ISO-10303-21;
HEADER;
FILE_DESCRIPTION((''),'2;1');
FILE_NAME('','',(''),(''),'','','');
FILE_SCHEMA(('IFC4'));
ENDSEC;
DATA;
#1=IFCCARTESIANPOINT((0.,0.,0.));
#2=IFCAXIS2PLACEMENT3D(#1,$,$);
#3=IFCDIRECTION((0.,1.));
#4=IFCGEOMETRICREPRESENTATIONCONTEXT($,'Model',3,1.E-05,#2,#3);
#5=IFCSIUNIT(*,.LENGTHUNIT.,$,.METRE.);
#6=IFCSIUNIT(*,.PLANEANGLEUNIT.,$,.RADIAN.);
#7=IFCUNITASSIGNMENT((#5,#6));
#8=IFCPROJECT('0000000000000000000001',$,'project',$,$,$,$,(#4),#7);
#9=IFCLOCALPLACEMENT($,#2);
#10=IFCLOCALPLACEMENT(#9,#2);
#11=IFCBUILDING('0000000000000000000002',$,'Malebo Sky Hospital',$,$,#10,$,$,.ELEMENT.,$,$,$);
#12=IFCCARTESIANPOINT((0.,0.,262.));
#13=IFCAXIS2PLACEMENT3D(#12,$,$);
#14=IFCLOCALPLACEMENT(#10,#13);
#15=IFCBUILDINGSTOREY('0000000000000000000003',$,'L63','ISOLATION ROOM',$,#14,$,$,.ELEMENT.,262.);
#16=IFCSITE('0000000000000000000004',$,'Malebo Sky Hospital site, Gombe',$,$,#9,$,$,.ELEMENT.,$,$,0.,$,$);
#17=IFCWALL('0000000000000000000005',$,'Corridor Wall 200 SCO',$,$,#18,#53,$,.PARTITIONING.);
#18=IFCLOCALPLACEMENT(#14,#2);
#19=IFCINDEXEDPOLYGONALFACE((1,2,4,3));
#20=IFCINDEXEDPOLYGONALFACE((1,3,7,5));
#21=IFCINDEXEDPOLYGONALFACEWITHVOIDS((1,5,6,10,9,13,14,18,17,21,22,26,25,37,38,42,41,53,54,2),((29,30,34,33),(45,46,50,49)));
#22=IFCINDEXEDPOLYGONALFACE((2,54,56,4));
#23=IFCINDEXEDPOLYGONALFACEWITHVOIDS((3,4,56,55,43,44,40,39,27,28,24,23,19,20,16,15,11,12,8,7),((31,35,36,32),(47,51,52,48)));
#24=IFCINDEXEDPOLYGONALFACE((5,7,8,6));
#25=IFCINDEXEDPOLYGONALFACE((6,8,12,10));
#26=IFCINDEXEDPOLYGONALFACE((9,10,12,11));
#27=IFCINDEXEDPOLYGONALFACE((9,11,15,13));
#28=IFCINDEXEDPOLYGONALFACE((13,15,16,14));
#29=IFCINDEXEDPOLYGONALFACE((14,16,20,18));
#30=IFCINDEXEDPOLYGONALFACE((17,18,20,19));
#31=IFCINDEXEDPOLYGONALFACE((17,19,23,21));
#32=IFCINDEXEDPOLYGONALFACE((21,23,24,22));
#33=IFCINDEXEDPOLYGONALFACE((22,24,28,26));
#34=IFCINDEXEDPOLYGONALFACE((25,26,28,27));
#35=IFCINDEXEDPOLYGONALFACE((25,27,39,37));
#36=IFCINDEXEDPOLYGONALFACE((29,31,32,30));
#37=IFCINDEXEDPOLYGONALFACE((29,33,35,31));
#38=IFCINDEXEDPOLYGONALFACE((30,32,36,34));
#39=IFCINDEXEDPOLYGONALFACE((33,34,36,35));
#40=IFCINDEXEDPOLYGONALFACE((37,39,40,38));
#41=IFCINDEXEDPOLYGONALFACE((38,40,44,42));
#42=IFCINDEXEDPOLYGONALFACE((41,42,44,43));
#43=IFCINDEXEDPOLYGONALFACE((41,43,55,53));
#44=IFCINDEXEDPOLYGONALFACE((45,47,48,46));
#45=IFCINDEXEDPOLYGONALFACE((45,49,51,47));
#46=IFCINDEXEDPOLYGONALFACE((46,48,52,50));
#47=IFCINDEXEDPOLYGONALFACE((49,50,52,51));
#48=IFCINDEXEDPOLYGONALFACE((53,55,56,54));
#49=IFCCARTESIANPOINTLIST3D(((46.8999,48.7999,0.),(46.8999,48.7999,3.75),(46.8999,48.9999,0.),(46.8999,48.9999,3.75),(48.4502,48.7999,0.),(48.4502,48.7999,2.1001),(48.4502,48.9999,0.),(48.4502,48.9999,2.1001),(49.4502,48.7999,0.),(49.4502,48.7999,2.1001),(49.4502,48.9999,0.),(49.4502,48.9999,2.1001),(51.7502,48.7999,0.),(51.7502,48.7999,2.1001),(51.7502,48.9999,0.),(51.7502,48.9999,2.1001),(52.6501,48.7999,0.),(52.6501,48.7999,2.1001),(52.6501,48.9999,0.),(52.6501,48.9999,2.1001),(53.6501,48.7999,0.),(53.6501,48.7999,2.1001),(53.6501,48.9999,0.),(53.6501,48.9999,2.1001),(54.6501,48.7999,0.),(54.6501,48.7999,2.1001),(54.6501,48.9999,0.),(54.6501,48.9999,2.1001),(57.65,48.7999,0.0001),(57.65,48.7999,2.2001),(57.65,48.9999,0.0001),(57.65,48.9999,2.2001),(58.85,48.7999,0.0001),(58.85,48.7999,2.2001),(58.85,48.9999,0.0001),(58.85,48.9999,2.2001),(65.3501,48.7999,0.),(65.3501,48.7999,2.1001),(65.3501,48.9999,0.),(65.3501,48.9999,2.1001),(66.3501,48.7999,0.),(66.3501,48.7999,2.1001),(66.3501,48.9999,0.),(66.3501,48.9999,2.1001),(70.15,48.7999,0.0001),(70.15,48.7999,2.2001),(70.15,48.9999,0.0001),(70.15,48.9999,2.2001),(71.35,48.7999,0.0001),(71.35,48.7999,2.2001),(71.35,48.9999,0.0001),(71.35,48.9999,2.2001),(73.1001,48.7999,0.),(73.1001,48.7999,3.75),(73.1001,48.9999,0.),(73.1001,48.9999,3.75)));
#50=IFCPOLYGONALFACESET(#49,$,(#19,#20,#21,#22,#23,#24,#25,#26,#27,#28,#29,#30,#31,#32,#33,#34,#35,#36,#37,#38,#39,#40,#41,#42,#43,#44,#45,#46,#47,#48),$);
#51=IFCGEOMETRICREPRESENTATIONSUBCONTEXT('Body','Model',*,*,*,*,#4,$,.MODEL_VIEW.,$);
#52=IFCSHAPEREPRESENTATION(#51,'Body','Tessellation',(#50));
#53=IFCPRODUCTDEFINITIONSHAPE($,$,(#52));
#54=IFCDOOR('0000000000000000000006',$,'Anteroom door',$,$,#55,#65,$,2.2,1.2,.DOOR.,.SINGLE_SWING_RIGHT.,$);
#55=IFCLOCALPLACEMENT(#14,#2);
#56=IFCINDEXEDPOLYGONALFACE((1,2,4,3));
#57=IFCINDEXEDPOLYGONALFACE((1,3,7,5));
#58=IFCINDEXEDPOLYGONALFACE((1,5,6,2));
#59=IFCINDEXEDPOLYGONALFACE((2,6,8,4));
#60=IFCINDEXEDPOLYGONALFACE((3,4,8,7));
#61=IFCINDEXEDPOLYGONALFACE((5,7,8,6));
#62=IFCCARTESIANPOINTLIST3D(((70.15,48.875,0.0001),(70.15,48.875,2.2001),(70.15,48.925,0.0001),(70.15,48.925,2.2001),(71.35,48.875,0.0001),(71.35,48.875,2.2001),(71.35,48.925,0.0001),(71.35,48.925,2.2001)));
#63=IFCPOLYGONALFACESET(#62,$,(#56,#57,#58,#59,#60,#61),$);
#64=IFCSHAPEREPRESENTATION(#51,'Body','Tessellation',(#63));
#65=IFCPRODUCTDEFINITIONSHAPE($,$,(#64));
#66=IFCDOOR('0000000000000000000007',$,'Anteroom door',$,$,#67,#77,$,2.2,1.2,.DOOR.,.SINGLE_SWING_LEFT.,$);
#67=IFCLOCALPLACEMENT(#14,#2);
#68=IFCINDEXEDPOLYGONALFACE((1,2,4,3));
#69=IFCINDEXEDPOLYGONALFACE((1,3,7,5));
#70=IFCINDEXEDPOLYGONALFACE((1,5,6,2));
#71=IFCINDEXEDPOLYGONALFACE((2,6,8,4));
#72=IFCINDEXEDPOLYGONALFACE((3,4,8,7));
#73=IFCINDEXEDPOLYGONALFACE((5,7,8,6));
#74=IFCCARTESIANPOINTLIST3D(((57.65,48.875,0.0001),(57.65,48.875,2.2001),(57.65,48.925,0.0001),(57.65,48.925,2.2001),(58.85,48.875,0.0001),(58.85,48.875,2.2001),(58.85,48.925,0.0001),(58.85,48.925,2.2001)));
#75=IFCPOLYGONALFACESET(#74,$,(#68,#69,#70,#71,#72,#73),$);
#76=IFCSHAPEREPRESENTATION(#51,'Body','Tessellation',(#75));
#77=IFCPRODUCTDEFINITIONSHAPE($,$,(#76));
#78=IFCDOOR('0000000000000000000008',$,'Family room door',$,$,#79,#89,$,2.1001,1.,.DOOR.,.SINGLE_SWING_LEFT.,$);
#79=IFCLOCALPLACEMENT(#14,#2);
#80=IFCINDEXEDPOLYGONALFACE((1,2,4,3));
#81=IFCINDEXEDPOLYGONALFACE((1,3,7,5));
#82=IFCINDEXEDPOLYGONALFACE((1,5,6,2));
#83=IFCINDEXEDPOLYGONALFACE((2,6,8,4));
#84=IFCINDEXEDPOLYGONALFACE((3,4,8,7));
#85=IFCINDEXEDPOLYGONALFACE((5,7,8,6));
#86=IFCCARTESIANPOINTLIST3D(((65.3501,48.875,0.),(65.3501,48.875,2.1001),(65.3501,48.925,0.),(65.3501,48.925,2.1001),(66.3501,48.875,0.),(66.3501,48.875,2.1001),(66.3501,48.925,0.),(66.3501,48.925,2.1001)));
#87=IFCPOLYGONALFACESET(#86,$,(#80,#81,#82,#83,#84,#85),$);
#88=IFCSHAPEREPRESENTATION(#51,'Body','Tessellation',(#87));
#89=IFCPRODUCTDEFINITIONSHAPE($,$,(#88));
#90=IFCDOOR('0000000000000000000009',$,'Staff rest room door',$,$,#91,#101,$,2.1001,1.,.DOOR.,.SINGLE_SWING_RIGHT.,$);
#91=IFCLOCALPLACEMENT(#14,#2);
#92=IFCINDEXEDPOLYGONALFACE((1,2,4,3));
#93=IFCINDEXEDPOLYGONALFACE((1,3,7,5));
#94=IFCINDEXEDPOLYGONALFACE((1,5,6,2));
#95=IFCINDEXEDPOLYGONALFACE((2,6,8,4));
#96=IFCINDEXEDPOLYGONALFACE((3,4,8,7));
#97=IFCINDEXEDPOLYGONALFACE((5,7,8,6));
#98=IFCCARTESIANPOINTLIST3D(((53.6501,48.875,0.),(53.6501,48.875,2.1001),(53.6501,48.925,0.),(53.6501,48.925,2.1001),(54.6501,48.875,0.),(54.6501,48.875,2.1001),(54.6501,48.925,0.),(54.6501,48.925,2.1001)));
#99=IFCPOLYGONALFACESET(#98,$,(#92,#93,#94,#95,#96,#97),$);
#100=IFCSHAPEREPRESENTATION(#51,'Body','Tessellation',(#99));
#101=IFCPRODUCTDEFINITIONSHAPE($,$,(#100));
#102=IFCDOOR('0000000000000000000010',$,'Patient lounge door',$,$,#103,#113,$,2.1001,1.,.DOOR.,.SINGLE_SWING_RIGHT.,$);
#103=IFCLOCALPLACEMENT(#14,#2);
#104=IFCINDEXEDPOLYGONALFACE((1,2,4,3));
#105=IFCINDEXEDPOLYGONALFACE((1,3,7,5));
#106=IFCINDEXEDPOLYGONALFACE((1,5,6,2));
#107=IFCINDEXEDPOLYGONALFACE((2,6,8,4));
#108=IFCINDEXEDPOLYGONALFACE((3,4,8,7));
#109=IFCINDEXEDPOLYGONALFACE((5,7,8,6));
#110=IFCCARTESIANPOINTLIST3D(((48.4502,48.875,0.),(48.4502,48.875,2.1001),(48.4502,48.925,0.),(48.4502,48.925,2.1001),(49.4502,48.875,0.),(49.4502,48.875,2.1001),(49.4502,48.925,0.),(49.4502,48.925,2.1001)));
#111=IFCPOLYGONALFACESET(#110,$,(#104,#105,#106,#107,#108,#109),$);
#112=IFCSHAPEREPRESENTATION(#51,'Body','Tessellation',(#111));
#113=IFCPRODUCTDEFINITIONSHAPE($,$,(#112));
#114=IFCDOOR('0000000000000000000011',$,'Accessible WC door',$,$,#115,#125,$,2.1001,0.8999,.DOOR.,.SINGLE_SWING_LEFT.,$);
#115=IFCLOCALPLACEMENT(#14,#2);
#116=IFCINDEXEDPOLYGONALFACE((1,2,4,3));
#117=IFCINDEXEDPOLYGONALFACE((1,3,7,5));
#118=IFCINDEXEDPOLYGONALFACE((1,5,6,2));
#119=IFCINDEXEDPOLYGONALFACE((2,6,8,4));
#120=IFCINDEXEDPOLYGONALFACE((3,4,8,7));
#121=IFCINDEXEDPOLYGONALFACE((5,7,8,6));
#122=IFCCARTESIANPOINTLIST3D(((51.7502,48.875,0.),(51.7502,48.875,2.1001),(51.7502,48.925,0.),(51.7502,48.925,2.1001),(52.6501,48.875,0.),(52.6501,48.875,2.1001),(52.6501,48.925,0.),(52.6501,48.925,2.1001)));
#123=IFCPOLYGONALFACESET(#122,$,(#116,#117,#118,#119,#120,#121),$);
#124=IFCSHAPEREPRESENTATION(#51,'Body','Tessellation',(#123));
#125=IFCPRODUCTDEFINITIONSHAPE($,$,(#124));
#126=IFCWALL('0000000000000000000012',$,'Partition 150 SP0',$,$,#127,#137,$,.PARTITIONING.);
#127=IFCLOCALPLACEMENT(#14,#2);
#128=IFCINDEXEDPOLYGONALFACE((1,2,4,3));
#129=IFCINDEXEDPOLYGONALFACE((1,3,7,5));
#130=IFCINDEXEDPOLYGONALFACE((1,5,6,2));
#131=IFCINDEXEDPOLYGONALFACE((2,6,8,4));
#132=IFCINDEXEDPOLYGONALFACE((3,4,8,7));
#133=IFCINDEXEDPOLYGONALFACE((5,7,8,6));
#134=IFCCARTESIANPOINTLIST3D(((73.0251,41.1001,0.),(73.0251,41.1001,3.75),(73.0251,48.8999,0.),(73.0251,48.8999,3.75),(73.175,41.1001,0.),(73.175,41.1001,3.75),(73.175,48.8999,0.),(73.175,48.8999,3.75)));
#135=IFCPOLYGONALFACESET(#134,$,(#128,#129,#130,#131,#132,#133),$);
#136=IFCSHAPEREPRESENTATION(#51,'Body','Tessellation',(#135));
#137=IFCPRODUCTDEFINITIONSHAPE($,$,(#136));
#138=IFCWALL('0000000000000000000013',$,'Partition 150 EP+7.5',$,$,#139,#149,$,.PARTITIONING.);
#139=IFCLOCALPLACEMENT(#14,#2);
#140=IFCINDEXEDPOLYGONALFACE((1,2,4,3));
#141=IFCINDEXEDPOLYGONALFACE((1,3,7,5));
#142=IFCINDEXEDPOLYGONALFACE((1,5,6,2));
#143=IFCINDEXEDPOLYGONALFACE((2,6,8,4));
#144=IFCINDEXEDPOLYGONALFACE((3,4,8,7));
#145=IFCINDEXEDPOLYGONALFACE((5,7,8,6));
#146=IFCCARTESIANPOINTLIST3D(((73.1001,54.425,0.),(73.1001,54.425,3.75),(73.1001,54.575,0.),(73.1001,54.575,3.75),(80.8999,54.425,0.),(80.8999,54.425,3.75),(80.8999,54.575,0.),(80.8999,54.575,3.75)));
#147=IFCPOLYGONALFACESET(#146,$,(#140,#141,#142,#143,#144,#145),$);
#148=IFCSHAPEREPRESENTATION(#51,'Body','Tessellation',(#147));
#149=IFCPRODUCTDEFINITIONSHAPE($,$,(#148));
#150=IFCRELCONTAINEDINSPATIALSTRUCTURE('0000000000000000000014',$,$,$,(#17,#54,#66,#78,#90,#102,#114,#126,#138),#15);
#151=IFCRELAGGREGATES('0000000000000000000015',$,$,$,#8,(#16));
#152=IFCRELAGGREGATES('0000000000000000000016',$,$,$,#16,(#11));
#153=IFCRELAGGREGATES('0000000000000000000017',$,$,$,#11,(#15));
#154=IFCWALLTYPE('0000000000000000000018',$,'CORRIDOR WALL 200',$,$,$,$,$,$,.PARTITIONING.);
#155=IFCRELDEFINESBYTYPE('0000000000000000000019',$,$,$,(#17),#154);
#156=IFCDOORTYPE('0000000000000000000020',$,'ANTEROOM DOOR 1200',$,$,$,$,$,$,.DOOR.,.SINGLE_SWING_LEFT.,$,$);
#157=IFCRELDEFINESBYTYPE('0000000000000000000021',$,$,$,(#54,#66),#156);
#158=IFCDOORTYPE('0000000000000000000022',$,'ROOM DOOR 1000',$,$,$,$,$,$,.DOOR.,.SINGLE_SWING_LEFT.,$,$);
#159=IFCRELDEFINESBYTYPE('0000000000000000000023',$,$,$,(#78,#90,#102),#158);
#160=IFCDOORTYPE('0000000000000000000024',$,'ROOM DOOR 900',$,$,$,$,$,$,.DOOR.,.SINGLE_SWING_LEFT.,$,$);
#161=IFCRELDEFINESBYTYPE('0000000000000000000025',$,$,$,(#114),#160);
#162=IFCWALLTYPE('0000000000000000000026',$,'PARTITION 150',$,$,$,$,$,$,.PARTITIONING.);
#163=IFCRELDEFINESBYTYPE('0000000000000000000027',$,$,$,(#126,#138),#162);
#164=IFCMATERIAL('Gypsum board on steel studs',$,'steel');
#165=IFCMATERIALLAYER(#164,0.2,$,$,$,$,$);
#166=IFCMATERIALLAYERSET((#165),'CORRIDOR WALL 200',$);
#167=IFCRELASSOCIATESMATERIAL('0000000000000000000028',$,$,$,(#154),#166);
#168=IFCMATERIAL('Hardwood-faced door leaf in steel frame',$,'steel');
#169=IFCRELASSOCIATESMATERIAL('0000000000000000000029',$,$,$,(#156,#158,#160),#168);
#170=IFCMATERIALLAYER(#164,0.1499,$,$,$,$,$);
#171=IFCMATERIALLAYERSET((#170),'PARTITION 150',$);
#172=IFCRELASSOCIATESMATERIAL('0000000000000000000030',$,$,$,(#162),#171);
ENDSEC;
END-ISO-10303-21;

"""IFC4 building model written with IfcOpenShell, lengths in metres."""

from ifc_helpers import new_model, si_unit, direction, frame, frame_2d, origin, place, context, subcontext, project, spatial, rectangle, extrude, material, layer, layer_set, type_object, element, fill, save


model = new_model("IFC4")

# Units and contexts
model_context = context("Model", 3, precision=1e-05, world=origin(), true_north=direction((0.0, 1.0)))
body_context = subcontext(model_context, "Body", "Model", "MODEL_VIEW")
ifc_project = project(units=[si_unit("LENGTHUNIT", "METRE"), si_unit("PLANEANGLEUNIT", "RADIAN")], contexts=[model_context])

# Site, building, storey
site_placement = place(None, origin())
site = spatial("IfcSite", under=ifc_project, at=site_placement, Name="Malebo Sky Hospital site, Gombe", CompositionType="ELEMENT", RefElevation=0.0)
building_placement = place(site_placement, origin())
building = spatial("IfcBuilding", under=site, at=building_placement, Name="Malebo Sky Hospital", CompositionType="ELEMENT")
storey_placement = place(building_placement, frame((0.0, 0.0, 262.0)))
storey = spatial("IfcBuildingStorey", under=building, at=storey_placement, Name="L63", Description="ISOLATION ROOM", CompositionType="ELEMENT", Elevation=262.0)

# Wall, openings, doors
ifc_material_1 = material(Name="Gypsum board on steel studs", Category="steel")
ifc_layer_1 = layer(ifc_material_1, 0.2)
ifc_layer_set_1 = layer_set([ifc_layer_1], Name="CORRIDOR WALL 200")
wall_type_1 = type_object("IfcWallType", Name="CORRIDOR WALL 200", PredefinedType="PARTITIONING", material=ifc_layer_set_1)
wall_1_placement = place(storey_placement, frame((73.1001, 48.8999, 0.0), z_axis=(0.0, 0.0, 1.0), x_axis=(-1.0, 0.0, 0.0)))
wall_1 = element("IfcWall", 1, at=wall_1_placement, inside=storey, type_object=wall_type_1, Name="Corridor Wall 200 SCO", PredefinedType="PARTITIONING", context=body_context, shape_type="SweptSolid", body=[
    extrude(rectangle(XDim=26.2002, YDim=0.2, at=frame_2d((13.1001, 0.0))), origin(), (0.0, 0.0, 1.0), 3.75),
])
opening_1_placement = place(wall_1_placement, frame((1.75, 0.0, 0.0)))
opening_1 = element("IfcOpeningElement", 2, at=opening_1_placement, cuts=wall_1, PredefinedType="OPENING", context=body_context, shape_type="SweptSolid", body=[
    extrude(rectangle(XDim=1.2, YDim=2.2, at=frame_2d((0.6001, 1.1001))), frame((0.0, 0.1099, 0.0), z_axis=(0.0, -1.0, 0.0), x_axis=(1.0, 0.0, 0.0)), (0.0, 0.0, 1.0), 0.22),
])
opening_2_placement = place(wall_1_placement, frame((6.75, 0.0, 0.0)))
opening_2 = element("IfcOpeningElement", 3, at=opening_2_placement, cuts=wall_1, PredefinedType="OPENING", context=body_context, shape_type="SweptSolid", body=[
    extrude(rectangle(XDim=1.0, YDim=2.1001, at=frame_2d((0.5, 1.05))), frame((0.0, 0.1099, 0.0), z_axis=(0.0, -1.0, 0.0), x_axis=(1.0, 0.0, 0.0)), (0.0, 0.0, 1.0), 0.22),
])
opening_3_placement = place(wall_1_placement, frame((14.25, 0.0, 0.0)))
opening_3 = element("IfcOpeningElement", 4, at=opening_3_placement, cuts=wall_1, PredefinedType="OPENING", context=body_context, shape_type="SweptSolid", body=[
    extrude(rectangle(XDim=1.2, YDim=2.2, at=frame_2d((0.6001, 1.1001))), frame((0.0, 0.1099, 0.0), z_axis=(0.0, -1.0, 0.0), x_axis=(1.0, 0.0, 0.0)), (0.0, 0.0, 1.0), 0.22),
])
opening_4_placement = place(wall_1_placement, frame((20.45, 0.0, 0.0)))
opening_4 = element("IfcOpeningElement", 5, at=opening_4_placement, cuts=wall_1, PredefinedType="OPENING", context=body_context, shape_type="SweptSolid", body=[
    extrude(rectangle(XDim=0.8999, YDim=2.1001, at=frame_2d((0.45, 1.05))), frame((0.0, 0.1099, 0.0), z_axis=(0.0, -1.0, 0.0), x_axis=(1.0, 0.0, 0.0)), (0.0, 0.0, 1.0), 0.22),
])
opening_5_placement = place(wall_1_placement, frame((18.45, 0.0, 0.0)))
opening_5 = element("IfcOpeningElement", 6, at=opening_5_placement, cuts=wall_1, PredefinedType="OPENING", context=body_context, shape_type="SweptSolid", body=[
    extrude(rectangle(XDim=1.0, YDim=2.1001, at=frame_2d((0.5, 1.05))), frame((0.0, 0.1099, 0.0), z_axis=(0.0, -1.0, 0.0), x_axis=(1.0, 0.0, 0.0)), (0.0, 0.0, 1.0), 0.22),
])
opening_6_placement = place(wall_1_placement, frame((23.6499, 0.0, 0.0)))
opening_6 = element("IfcOpeningElement", 7, at=opening_6_placement, cuts=wall_1, PredefinedType="OPENING", context=body_context, shape_type="SweptSolid", body=[
    extrude(rectangle(XDim=1.0, YDim=2.1001, at=frame_2d((0.5, 1.05))), frame((0.0, 0.1099, 0.0), z_axis=(0.0, -1.0, 0.0), x_axis=(1.0, 0.0, 0.0)), (0.0, 0.0, 1.0), 0.22),
])
ifc_material_2 = material(Name="Hardwood-faced door leaf in steel frame", Category="steel")
door_type_1 = type_object("IfcDoorType", Name="ANTEROOM DOOR 1200", OperationType="SINGLE_SWING_LEFT", PredefinedType="DOOR", material=ifc_material_2)
door_1_placement = place(opening_1_placement, origin())
door_1 = element("IfcDoor", 8, at=door_1_placement, inside=storey, type_object=door_type_1, Name="Anteroom door", OperationType="SINGLE_SWING_RIGHT", OverallHeight=2.2, OverallWidth=1.2, PredefinedType="DOOR", context=body_context, shape_type="SweptSolid", body=[
    extrude(rectangle(XDim=1.2, YDim=2.2, at=frame_2d((0.6001, 1.1001))), frame((0.0, 0.0249, 0.0), z_axis=(0.0, -1.0, 0.0), x_axis=(1.0, 0.0, 0.0)), (0.0, 0.0, 1.0), 0.05),
])
fill(opening_1, door_1)
door_2_placement = place(opening_3_placement, origin())
door_2 = element("IfcDoor", 9, at=door_2_placement, inside=storey, type_object=door_type_1, Name="Anteroom door", OperationType="SINGLE_SWING_LEFT", OverallHeight=2.2, OverallWidth=1.2, PredefinedType="DOOR", context=body_context, shape_type="SweptSolid", body=[
    extrude(rectangle(XDim=1.2, YDim=2.2, at=frame_2d((0.6001, 1.1001))), frame((0.0, 0.0249, 0.0), z_axis=(0.0, -1.0, 0.0), x_axis=(1.0, 0.0, 0.0)), (0.0, 0.0, 1.0), 0.05),
])
fill(opening_3, door_2)
door_type_2 = type_object("IfcDoorType", Name="ROOM DOOR 1000", OperationType="SINGLE_SWING_LEFT", PredefinedType="DOOR", material=ifc_material_2)
door_3_placement = place(opening_2_placement, origin())
door_3 = element("IfcDoor", 10, at=door_3_placement, inside=storey, type_object=door_type_2, Name="Family room door", OperationType="SINGLE_SWING_LEFT", OverallHeight=2.1001, OverallWidth=1.0, PredefinedType="DOOR", context=body_context, shape_type="SweptSolid", body=[
    extrude(rectangle(XDim=1.0, YDim=2.1001, at=frame_2d((0.5, 1.05))), frame((0.0, 0.0249, 0.0), z_axis=(0.0, -1.0, 0.0), x_axis=(1.0, 0.0, 0.0)), (0.0, 0.0, 1.0), 0.05),
])
fill(opening_2, door_3)
door_4_placement = place(opening_5_placement, origin())
door_4 = element("IfcDoor", 11, at=door_4_placement, inside=storey, type_object=door_type_2, Name="Staff rest room door", OperationType="SINGLE_SWING_RIGHT", OverallHeight=2.1001, OverallWidth=1.0, PredefinedType="DOOR", context=body_context, shape_type="SweptSolid", body=[
    extrude(rectangle(XDim=1.0, YDim=2.1001, at=frame_2d((0.5, 1.05))), frame((0.0, 0.0249, 0.0), z_axis=(0.0, -1.0, 0.0), x_axis=(1.0, 0.0, 0.0)), (0.0, 0.0, 1.0), 0.05),
])
fill(opening_5, door_4)
door_5_placement = place(opening_6_placement, origin())
door_5 = element("IfcDoor", 12, at=door_5_placement, inside=storey, type_object=door_type_2, Name="Patient lounge door", OperationType="SINGLE_SWING_RIGHT", OverallHeight=2.1001, OverallWidth=1.0, PredefinedType="DOOR", context=body_context, shape_type="SweptSolid", body=[
    extrude(rectangle(XDim=1.0, YDim=2.1001, at=frame_2d((0.5, 1.05))), frame((0.0, 0.0249, 0.0), z_axis=(0.0, -1.0, 0.0), x_axis=(1.0, 0.0, 0.0)), (0.0, 0.0, 1.0), 0.05),
])
fill(opening_6, door_5)
door_type_3 = type_object("IfcDoorType", Name="ROOM DOOR 900", OperationType="SINGLE_SWING_LEFT", PredefinedType="DOOR", material=ifc_material_2)
door_6_placement = place(opening_4_placement, origin())
door_6 = element("IfcDoor", 13, at=door_6_placement, inside=storey, type_object=door_type_3, Name="Accessible WC door", OperationType="SINGLE_SWING_LEFT", OverallHeight=2.1001, OverallWidth=0.8999, PredefinedType="DOOR", context=body_context, shape_type="SweptSolid", body=[
    extrude(rectangle(XDim=0.8999, YDim=2.1001, at=frame_2d((0.45, 1.05))), frame((0.0, 0.0249, 0.0), z_axis=(0.0, -1.0, 0.0), x_axis=(1.0, 0.0, 0.0)), (0.0, 0.0, 1.0), 0.05),
])
fill(opening_4, door_6)

# Walls
ifc_layer_2 = layer(ifc_material_1, 0.1499)
ifc_layer_set_2 = layer_set([ifc_layer_2], Name="PARTITION 150")
wall_type_2 = type_object("IfcWallType", Name="PARTITION 150", PredefinedType="PARTITIONING", material=ifc_layer_set_2)
for number, where, z_axis, x_axis, name in (
    (14, (73.1001, 48.8999, 0.0), (0.0, 0.0, 1.0), (0.0, -1.0, 0.0), "Partition 150 SP0"),
    (15, (73.1001, 54.5, 0.0), (0.0, 0.0, 1.0), (1.0, 0.0, 0.0), "Partition 150 EP+7.5"),
):
    element("IfcWall", number, at=place(storey_placement, frame(where, z_axis=z_axis, x_axis=x_axis)), inside=storey, type_object=wall_type_2, Name=name, PredefinedType="PARTITIONING", context=body_context, shape_type="SweptSolid", body=[
        extrude(rectangle(XDim=7.7998, YDim=0.1499, at=frame_2d((3.8999, 0.0))), origin(), (0.0, 0.0, 1.0), 3.75),
    ])

save(model, "model.ifc")
